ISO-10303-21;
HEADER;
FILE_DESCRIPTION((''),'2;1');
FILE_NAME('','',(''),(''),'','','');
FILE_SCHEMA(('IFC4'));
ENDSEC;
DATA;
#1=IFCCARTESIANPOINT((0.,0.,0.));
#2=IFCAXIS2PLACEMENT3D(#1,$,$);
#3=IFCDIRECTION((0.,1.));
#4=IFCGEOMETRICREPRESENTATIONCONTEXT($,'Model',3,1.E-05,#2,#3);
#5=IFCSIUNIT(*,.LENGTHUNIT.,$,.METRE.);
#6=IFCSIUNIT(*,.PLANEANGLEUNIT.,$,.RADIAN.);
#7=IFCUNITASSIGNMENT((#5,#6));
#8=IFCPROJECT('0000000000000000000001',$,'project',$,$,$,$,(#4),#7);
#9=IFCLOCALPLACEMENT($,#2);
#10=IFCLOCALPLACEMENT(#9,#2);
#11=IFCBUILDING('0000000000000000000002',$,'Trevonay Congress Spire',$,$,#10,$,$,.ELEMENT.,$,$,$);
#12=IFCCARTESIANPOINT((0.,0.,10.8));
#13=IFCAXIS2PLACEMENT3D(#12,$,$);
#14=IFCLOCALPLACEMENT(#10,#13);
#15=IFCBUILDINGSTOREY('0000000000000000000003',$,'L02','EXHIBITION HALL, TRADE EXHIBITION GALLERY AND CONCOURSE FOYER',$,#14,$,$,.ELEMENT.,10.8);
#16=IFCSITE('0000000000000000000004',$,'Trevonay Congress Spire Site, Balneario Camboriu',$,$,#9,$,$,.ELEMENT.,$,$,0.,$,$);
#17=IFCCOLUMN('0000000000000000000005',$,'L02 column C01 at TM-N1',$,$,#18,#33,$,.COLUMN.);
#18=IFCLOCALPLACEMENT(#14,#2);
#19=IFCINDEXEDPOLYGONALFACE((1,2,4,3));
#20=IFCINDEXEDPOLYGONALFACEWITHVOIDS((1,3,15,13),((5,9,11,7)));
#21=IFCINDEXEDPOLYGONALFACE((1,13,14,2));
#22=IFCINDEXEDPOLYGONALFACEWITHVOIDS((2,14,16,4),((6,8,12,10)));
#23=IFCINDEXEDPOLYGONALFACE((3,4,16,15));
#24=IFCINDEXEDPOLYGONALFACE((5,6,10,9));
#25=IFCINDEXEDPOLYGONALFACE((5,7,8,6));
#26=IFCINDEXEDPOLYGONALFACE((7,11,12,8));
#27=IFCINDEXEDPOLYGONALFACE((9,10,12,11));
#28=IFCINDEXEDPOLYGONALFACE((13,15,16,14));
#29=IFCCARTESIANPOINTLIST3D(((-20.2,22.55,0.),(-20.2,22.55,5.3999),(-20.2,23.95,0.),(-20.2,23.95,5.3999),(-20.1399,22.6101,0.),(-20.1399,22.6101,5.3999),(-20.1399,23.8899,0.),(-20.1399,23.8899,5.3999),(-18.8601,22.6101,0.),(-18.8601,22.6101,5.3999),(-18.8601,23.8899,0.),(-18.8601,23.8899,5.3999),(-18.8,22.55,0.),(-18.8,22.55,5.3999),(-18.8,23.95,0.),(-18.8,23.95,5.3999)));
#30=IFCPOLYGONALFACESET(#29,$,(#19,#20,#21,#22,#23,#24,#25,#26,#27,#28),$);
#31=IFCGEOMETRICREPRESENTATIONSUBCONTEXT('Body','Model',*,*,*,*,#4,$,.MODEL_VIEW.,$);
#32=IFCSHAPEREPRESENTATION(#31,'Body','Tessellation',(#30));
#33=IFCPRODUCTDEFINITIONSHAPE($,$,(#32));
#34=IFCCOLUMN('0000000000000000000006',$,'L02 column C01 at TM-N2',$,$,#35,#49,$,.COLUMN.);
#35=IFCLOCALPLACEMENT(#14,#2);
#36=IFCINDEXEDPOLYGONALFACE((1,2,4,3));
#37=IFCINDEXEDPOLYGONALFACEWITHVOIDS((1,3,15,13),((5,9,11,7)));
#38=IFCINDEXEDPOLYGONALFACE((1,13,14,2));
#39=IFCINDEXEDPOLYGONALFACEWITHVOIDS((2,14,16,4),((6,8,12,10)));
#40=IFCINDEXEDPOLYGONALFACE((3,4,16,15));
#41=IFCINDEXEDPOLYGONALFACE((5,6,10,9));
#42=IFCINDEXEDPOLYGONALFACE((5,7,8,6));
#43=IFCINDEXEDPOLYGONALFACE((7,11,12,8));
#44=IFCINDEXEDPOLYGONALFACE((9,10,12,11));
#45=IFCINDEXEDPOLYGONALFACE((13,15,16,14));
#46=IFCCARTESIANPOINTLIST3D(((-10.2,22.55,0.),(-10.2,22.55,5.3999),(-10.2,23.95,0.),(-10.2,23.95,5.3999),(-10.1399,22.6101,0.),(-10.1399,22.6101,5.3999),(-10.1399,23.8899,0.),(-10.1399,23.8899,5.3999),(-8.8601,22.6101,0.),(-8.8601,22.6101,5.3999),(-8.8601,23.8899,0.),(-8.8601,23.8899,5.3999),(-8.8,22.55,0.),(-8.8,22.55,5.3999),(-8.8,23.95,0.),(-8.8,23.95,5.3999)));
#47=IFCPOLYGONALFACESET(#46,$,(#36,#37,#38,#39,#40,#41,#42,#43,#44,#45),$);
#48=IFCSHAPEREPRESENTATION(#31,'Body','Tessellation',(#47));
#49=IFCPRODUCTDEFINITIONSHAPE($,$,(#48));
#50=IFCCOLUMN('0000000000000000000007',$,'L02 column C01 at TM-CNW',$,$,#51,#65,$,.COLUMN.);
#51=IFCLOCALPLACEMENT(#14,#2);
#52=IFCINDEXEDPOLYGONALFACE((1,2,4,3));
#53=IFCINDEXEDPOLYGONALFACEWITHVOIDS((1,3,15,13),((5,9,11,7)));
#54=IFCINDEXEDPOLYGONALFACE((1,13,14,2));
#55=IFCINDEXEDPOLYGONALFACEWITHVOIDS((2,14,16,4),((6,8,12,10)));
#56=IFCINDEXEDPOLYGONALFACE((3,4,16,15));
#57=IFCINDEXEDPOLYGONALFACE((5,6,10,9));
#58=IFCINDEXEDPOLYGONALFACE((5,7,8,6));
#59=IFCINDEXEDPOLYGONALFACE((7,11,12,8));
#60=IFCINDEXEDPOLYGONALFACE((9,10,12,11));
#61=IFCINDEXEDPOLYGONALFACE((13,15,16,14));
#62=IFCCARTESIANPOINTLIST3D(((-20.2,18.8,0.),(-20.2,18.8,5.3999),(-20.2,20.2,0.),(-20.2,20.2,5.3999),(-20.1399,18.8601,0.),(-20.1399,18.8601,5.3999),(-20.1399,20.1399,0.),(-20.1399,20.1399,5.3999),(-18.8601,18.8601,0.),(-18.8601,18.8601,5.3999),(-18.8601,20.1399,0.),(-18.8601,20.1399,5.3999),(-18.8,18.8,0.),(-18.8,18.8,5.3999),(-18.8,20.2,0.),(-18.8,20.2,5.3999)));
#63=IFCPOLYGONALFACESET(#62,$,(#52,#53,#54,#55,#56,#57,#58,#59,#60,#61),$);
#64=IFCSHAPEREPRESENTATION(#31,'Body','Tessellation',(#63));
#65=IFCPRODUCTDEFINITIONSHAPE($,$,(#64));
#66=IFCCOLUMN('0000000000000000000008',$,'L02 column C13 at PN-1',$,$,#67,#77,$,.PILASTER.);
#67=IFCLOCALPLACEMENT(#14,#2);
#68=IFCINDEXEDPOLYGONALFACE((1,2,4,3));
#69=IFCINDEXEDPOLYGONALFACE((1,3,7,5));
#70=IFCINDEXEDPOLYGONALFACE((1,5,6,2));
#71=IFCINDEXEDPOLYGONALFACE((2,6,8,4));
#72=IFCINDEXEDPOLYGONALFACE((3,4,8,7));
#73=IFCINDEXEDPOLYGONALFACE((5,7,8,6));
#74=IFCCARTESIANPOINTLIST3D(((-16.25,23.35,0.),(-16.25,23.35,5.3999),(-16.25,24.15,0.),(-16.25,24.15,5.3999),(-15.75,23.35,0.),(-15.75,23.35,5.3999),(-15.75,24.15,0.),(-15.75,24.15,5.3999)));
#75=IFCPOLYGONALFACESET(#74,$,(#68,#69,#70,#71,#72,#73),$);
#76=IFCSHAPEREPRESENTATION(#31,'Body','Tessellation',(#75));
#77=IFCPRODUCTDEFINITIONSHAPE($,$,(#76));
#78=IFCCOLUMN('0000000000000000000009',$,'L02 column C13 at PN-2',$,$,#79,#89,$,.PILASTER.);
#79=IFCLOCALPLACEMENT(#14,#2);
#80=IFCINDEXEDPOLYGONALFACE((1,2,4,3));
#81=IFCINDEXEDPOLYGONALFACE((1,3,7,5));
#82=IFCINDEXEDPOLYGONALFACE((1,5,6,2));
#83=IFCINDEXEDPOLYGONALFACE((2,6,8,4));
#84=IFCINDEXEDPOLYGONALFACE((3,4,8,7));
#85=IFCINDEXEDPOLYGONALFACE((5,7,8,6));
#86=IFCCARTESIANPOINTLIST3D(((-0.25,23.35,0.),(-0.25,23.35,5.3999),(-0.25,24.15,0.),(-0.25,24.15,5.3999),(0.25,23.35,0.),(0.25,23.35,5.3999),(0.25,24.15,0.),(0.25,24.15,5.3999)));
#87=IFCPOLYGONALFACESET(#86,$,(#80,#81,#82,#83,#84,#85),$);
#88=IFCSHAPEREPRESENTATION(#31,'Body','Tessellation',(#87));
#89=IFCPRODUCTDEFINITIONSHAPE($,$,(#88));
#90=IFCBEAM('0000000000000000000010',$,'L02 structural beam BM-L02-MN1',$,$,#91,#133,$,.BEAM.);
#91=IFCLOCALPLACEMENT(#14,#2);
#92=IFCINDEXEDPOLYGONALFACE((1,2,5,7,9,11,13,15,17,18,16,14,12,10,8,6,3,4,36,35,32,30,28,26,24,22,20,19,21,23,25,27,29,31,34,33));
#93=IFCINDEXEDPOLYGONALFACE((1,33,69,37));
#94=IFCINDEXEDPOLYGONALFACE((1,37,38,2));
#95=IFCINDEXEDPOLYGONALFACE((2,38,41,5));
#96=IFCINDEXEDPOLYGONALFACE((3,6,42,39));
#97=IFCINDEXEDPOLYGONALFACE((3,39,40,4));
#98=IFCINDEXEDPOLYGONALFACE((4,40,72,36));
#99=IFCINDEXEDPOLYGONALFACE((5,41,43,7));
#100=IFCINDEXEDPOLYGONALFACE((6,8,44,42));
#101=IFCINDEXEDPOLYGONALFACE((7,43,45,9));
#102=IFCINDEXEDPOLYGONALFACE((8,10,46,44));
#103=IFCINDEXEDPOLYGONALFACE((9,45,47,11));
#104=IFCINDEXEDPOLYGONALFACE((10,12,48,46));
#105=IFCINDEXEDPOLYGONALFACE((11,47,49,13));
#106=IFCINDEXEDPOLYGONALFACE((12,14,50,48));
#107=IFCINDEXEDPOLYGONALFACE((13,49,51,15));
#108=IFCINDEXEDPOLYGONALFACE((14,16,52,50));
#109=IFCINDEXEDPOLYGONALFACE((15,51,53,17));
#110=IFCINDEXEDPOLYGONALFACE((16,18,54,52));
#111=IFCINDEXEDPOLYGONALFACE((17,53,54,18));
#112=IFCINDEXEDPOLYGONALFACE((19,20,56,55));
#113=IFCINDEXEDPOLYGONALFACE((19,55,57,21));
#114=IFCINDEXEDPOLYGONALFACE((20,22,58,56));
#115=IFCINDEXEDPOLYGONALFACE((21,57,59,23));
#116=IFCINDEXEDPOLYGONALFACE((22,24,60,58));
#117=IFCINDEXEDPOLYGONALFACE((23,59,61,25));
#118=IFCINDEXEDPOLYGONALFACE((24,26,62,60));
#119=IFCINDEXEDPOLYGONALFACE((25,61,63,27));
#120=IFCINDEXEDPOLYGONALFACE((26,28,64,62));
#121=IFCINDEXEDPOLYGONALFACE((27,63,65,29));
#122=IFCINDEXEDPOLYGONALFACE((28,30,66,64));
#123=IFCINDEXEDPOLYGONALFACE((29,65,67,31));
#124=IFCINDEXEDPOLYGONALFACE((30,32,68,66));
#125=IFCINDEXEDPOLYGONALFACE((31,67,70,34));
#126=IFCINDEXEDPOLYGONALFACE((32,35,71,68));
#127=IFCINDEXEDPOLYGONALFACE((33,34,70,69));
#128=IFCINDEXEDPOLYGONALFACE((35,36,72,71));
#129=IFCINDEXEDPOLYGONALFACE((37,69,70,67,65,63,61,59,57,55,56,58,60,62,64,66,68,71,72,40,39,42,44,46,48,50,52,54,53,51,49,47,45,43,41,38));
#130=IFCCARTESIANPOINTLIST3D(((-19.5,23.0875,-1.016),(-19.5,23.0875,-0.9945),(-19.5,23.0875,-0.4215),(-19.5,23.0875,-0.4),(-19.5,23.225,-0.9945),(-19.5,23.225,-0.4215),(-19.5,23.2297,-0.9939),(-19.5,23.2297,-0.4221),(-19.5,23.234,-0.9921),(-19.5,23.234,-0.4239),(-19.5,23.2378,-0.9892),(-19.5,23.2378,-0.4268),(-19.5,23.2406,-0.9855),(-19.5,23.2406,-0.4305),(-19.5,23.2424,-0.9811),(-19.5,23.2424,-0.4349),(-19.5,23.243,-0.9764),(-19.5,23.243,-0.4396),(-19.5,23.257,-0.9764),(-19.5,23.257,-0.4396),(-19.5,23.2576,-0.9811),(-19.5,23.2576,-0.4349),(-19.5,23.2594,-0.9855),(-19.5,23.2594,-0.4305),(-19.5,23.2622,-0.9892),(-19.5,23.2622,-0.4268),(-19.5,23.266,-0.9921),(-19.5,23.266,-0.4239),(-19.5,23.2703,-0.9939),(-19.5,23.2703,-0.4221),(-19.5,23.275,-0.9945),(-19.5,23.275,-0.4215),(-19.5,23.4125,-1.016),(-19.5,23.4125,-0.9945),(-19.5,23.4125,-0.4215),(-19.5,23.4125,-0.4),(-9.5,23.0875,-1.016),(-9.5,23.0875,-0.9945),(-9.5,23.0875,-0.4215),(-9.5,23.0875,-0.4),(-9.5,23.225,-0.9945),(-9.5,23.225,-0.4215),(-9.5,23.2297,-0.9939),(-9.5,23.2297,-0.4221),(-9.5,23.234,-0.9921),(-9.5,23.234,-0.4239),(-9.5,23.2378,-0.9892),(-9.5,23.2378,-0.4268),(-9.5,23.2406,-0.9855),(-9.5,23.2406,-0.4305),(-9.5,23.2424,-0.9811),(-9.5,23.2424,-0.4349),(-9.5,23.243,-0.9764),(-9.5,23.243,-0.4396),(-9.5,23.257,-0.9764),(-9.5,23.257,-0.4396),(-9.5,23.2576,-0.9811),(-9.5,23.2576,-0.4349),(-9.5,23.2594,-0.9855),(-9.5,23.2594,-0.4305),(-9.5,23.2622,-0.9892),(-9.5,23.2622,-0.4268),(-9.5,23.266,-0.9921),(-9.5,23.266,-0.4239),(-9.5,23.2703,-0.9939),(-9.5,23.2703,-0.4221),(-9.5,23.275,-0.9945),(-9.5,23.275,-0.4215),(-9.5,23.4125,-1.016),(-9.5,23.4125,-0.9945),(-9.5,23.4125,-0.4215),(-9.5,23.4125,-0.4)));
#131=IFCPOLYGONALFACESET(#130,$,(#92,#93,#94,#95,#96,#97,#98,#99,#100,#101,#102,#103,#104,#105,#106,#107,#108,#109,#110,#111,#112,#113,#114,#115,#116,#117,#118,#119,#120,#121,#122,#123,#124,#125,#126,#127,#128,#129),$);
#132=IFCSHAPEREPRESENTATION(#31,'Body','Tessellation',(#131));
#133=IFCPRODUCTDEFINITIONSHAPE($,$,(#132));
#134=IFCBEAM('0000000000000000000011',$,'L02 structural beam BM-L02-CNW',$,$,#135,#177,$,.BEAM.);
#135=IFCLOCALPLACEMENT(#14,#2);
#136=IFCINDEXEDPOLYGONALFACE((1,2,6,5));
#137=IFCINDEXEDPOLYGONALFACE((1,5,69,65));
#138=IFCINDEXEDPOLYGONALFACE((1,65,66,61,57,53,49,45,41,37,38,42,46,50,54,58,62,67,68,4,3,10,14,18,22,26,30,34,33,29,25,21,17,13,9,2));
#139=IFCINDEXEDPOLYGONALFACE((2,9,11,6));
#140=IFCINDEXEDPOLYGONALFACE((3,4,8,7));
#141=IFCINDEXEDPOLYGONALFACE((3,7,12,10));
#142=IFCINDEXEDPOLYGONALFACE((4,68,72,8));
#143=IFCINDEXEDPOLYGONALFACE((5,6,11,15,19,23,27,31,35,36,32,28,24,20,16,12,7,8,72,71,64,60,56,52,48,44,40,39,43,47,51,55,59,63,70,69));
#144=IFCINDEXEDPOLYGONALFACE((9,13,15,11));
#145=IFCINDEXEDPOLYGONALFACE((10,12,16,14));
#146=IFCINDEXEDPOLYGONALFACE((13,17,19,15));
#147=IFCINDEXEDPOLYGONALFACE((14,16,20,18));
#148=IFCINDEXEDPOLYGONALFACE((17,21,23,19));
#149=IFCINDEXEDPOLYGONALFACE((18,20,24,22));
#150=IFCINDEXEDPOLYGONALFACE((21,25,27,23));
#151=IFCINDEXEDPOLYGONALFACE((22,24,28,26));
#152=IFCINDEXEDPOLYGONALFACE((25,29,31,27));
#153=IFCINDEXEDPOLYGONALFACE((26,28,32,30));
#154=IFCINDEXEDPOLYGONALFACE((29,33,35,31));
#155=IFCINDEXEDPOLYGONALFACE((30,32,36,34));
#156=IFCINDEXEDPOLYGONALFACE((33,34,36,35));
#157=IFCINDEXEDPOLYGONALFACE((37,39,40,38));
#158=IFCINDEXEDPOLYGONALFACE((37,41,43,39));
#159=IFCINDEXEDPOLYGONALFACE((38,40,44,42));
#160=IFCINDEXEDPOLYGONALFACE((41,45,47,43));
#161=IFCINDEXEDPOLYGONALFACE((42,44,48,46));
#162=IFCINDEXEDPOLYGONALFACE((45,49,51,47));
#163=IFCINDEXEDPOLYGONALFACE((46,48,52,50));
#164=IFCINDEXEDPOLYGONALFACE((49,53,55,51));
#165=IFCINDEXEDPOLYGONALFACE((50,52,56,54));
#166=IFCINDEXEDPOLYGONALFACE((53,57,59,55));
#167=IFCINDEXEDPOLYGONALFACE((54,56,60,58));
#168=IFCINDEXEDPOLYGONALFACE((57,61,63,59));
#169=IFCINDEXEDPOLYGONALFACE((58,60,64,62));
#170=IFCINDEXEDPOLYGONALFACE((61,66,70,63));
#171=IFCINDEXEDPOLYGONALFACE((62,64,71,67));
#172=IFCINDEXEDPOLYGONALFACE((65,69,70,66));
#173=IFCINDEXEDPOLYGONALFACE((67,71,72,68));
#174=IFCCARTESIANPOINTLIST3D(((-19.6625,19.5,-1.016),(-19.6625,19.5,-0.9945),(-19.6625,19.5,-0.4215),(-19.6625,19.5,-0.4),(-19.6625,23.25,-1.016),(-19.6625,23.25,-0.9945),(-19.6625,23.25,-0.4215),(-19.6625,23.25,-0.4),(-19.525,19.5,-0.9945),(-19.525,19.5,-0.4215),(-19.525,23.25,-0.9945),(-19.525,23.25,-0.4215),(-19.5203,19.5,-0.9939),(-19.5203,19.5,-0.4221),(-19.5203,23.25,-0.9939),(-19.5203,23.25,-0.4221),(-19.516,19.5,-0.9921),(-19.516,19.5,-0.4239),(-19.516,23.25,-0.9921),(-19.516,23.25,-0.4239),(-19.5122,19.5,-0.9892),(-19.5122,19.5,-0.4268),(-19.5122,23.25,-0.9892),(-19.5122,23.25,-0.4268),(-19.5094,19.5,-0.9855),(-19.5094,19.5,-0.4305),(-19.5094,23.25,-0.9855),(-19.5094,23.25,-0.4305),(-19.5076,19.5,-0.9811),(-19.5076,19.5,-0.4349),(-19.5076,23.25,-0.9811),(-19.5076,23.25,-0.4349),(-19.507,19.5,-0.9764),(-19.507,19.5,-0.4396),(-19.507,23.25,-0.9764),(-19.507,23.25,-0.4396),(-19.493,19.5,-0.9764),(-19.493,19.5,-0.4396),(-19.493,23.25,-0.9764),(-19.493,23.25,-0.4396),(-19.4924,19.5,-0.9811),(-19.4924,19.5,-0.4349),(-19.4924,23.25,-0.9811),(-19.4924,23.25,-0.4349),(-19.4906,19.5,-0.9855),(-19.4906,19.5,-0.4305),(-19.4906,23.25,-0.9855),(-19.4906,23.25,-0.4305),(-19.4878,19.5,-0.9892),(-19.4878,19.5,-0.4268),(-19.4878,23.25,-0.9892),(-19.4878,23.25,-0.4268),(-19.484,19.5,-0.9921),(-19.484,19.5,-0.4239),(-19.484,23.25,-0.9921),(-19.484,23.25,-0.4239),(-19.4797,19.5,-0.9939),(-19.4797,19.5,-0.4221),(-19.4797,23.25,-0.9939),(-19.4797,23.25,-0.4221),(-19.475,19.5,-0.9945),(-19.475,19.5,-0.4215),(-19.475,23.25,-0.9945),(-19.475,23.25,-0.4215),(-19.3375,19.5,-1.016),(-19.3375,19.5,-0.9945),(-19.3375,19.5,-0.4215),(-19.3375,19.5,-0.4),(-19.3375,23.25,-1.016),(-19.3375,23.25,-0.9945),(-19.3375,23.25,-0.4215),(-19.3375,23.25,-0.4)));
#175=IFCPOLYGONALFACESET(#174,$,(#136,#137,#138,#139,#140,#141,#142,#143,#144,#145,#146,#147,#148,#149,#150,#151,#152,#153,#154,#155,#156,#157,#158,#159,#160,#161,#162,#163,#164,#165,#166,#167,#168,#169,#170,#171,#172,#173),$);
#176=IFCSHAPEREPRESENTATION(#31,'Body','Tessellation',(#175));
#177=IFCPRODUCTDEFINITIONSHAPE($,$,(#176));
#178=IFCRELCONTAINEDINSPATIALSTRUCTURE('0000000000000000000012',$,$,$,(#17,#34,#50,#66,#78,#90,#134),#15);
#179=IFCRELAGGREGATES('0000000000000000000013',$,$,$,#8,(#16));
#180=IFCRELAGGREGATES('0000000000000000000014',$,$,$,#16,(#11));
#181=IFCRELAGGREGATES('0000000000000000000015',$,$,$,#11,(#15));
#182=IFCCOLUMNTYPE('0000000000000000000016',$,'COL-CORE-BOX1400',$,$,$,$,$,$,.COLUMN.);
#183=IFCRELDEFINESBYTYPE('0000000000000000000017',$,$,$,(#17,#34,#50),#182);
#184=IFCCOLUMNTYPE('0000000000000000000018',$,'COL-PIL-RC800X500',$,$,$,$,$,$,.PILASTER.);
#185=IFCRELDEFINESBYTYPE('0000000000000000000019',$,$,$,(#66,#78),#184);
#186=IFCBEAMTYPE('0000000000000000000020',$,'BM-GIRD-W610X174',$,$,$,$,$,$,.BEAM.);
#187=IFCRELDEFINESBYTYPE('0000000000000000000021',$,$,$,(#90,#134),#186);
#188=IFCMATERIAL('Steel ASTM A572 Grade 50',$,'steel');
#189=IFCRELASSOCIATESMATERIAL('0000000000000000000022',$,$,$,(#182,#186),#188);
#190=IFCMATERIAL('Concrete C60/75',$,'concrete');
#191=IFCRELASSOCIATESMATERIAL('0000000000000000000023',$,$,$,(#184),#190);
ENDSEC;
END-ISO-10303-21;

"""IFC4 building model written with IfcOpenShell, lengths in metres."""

from ifc_helpers import new_model, si_unit, direction, frame, origin, origin_2d, place, context, subcontext, project, spatial, rectangle, hollow_rectangle, i_section, extrude, material, material_profile, profile_set, type_object, element, save


model = new_model("IFC4")

# Units and contexts
model_context = context("Model", 3, precision=1e-05, world=origin(), true_north=direction((0.0, 1.0)))
body_context = subcontext(model_context, "Body", "Model", "MODEL_VIEW")
ifc_project = project(units=[si_unit("LENGTHUNIT", "METRE"), si_unit("PLANEANGLEUNIT", "RADIAN")], contexts=[model_context])

# Site, building, storey
site_placement = place(None, origin())
site = spatial("IfcSite", under=ifc_project, at=site_placement, Name="Trevonay Congress Spire Site, Balneario Camboriu", CompositionType="ELEMENT", RefElevation=0.0)
building_placement = place(site_placement, origin())
building = spatial("IfcBuilding", under=site, at=building_placement, Name="Trevonay Congress Spire", CompositionType="ELEMENT")
storey_placement = place(building_placement, frame((0.0, 0.0, 10.8)))
storey = spatial("IfcBuildingStorey", under=building, at=storey_placement, Name="L02", Description="EXHIBITION HALL, TRADE EXHIBITION GALLERY AND CONCOURSE FOYER", CompositionType="ELEMENT", Elevation=10.8)

# Columns
ifc_material_1 = material(Name="Steel ASTM A572 Grade 50", Category="steel")
ifc_material_profile_1 = material_profile(ifc_material_1, hollow_rectangle(XDim=1.3999, YDim=1.3999, WallThickness=0.0601, at=origin_2d()), Name="BOX 1400x1400x60")
ifc_profile_set_1 = profile_set([ifc_material_profile_1], Name="Steel ASTM A572 Grade 50")
column_type_1 = type_object("IfcColumnType", Name="COL-CORE-BOX1400", PredefinedType="COLUMN", material=ifc_profile_set_1)
for number, where, z_axis, x_axis, name in (
    (1, (-19.5, 23.25, 0.0), (0.0, 0.0, 1.0), (1.0, 0.0, 0.0), "L02 column C01 at TM-N1"),
    (2, (-9.5, 23.25, 0.0), (0.0, 0.0, 1.0), (1.0, 0.0, 0.0), "L02 column C01 at TM-N2"),
    (3, (-19.5, 19.5, 0.0), (0.0, 0.0, 1.0), (1.0, 0.0, 0.0), "L02 column C01 at TM-CNW"),
):
    element("IfcColumn", number, at=place(storey_placement, frame(where, z_axis=z_axis, x_axis=x_axis)), inside=storey, type_object=column_type_1, Name=name, PredefinedType="COLUMN", context=body_context, shape_type="SweptSolid", body=[
        extrude(hollow_rectangle(XDim=1.3999, YDim=1.3999, WallThickness=0.0601, at=origin_2d()), origin(), (0.0, 0.0, 1.0), 5.3999),
    ])
ifc_material_2 = material(Name="Concrete C60/75", Category="concrete")
ifc_material_profile_2 = material_profile(ifc_material_2, rectangle(XDim=0.5, YDim=0.8, at=origin_2d()), Name="RC 800x500")
ifc_profile_set_2 = profile_set([ifc_material_profile_2], Name="Concrete C60/75")
column_type_2 = type_object("IfcColumnType", Name="COL-PIL-RC800X500", PredefinedType="PILASTER", material=ifc_profile_set_2)
for number, where, z_axis, x_axis, name in (
    (4, (-16.0, 23.75, 0.0), (0.0, 0.0, 1.0), (1.0, 0.0, 0.0), "L02 column C13 at PN-1"),
    (5, (0.0, 23.75, 0.0), (0.0, 0.0, 1.0), (1.0, 0.0, 0.0), "L02 column C13 at PN-2"),
):
    element("IfcColumn", number, at=place(storey_placement, frame(where, z_axis=z_axis, x_axis=x_axis)), inside=storey, type_object=column_type_2, Name=name, PredefinedType="PILASTER", context=body_context, shape_type="SweptSolid", body=[
        extrude(rectangle(XDim=0.5, YDim=0.8, at=origin_2d()), origin(), (0.0, 0.0, 1.0), 5.3999),
    ])

# Beams
ifc_material_profile_3 = material_profile(ifc_material_1, i_section(OverallWidth=0.325, OverallDepth=0.616, WebThickness=0.0139, FlangeThickness=0.0215, FilletRadius=0.0181, at=origin_2d()), Name="W610x174")
ifc_profile_set_3 = profile_set([ifc_material_profile_3], Name="Steel ASTM A572 Grade 50")
beam_type_1 = type_object("IfcBeamType", Name="BM-GIRD-W610X174", PredefinedType="BEAM", material=ifc_profile_set_3)
beam_1_placement = place(storey_placement, frame((-19.5, 23.25, -0.708), z_axis=(1.0, 0.0, 0.0), x_axis=(0.0, 1.0, 0.0)))
element("IfcBeam", 6, at=beam_1_placement, inside=storey, type_object=beam_type_1, Name="L02 structural beam BM-L02-MN1", PredefinedType="BEAM", context=body_context, shape_type="SweptSolid", body=[
    extrude(i_section(OverallWidth=0.325, OverallDepth=0.616, WebThickness=0.0139, FlangeThickness=0.0215, FilletRadius=0.0181, at=origin_2d()), origin(), (0.0, 0.0, 1.0), 10.0),
])
beam_2_placement = place(storey_placement, frame((-19.5, 23.25, -0.708), z_axis=(0.0, -1.0, 0.0), x_axis=(1.0, 0.0, 0.0)))
element("IfcBeam", 7, at=beam_2_placement, inside=storey, type_object=beam_type_1, Name="L02 structural beam BM-L02-CNW", PredefinedType="BEAM", context=body_context, shape_type="SweptSolid", body=[
    extrude(i_section(OverallWidth=0.325, OverallDepth=0.616, WebThickness=0.0139, FlangeThickness=0.0215, FilletRadius=0.0181, at=origin_2d()), origin(), (0.0, 0.0, 1.0), 3.75),
])

save(model, "model.ifc")
